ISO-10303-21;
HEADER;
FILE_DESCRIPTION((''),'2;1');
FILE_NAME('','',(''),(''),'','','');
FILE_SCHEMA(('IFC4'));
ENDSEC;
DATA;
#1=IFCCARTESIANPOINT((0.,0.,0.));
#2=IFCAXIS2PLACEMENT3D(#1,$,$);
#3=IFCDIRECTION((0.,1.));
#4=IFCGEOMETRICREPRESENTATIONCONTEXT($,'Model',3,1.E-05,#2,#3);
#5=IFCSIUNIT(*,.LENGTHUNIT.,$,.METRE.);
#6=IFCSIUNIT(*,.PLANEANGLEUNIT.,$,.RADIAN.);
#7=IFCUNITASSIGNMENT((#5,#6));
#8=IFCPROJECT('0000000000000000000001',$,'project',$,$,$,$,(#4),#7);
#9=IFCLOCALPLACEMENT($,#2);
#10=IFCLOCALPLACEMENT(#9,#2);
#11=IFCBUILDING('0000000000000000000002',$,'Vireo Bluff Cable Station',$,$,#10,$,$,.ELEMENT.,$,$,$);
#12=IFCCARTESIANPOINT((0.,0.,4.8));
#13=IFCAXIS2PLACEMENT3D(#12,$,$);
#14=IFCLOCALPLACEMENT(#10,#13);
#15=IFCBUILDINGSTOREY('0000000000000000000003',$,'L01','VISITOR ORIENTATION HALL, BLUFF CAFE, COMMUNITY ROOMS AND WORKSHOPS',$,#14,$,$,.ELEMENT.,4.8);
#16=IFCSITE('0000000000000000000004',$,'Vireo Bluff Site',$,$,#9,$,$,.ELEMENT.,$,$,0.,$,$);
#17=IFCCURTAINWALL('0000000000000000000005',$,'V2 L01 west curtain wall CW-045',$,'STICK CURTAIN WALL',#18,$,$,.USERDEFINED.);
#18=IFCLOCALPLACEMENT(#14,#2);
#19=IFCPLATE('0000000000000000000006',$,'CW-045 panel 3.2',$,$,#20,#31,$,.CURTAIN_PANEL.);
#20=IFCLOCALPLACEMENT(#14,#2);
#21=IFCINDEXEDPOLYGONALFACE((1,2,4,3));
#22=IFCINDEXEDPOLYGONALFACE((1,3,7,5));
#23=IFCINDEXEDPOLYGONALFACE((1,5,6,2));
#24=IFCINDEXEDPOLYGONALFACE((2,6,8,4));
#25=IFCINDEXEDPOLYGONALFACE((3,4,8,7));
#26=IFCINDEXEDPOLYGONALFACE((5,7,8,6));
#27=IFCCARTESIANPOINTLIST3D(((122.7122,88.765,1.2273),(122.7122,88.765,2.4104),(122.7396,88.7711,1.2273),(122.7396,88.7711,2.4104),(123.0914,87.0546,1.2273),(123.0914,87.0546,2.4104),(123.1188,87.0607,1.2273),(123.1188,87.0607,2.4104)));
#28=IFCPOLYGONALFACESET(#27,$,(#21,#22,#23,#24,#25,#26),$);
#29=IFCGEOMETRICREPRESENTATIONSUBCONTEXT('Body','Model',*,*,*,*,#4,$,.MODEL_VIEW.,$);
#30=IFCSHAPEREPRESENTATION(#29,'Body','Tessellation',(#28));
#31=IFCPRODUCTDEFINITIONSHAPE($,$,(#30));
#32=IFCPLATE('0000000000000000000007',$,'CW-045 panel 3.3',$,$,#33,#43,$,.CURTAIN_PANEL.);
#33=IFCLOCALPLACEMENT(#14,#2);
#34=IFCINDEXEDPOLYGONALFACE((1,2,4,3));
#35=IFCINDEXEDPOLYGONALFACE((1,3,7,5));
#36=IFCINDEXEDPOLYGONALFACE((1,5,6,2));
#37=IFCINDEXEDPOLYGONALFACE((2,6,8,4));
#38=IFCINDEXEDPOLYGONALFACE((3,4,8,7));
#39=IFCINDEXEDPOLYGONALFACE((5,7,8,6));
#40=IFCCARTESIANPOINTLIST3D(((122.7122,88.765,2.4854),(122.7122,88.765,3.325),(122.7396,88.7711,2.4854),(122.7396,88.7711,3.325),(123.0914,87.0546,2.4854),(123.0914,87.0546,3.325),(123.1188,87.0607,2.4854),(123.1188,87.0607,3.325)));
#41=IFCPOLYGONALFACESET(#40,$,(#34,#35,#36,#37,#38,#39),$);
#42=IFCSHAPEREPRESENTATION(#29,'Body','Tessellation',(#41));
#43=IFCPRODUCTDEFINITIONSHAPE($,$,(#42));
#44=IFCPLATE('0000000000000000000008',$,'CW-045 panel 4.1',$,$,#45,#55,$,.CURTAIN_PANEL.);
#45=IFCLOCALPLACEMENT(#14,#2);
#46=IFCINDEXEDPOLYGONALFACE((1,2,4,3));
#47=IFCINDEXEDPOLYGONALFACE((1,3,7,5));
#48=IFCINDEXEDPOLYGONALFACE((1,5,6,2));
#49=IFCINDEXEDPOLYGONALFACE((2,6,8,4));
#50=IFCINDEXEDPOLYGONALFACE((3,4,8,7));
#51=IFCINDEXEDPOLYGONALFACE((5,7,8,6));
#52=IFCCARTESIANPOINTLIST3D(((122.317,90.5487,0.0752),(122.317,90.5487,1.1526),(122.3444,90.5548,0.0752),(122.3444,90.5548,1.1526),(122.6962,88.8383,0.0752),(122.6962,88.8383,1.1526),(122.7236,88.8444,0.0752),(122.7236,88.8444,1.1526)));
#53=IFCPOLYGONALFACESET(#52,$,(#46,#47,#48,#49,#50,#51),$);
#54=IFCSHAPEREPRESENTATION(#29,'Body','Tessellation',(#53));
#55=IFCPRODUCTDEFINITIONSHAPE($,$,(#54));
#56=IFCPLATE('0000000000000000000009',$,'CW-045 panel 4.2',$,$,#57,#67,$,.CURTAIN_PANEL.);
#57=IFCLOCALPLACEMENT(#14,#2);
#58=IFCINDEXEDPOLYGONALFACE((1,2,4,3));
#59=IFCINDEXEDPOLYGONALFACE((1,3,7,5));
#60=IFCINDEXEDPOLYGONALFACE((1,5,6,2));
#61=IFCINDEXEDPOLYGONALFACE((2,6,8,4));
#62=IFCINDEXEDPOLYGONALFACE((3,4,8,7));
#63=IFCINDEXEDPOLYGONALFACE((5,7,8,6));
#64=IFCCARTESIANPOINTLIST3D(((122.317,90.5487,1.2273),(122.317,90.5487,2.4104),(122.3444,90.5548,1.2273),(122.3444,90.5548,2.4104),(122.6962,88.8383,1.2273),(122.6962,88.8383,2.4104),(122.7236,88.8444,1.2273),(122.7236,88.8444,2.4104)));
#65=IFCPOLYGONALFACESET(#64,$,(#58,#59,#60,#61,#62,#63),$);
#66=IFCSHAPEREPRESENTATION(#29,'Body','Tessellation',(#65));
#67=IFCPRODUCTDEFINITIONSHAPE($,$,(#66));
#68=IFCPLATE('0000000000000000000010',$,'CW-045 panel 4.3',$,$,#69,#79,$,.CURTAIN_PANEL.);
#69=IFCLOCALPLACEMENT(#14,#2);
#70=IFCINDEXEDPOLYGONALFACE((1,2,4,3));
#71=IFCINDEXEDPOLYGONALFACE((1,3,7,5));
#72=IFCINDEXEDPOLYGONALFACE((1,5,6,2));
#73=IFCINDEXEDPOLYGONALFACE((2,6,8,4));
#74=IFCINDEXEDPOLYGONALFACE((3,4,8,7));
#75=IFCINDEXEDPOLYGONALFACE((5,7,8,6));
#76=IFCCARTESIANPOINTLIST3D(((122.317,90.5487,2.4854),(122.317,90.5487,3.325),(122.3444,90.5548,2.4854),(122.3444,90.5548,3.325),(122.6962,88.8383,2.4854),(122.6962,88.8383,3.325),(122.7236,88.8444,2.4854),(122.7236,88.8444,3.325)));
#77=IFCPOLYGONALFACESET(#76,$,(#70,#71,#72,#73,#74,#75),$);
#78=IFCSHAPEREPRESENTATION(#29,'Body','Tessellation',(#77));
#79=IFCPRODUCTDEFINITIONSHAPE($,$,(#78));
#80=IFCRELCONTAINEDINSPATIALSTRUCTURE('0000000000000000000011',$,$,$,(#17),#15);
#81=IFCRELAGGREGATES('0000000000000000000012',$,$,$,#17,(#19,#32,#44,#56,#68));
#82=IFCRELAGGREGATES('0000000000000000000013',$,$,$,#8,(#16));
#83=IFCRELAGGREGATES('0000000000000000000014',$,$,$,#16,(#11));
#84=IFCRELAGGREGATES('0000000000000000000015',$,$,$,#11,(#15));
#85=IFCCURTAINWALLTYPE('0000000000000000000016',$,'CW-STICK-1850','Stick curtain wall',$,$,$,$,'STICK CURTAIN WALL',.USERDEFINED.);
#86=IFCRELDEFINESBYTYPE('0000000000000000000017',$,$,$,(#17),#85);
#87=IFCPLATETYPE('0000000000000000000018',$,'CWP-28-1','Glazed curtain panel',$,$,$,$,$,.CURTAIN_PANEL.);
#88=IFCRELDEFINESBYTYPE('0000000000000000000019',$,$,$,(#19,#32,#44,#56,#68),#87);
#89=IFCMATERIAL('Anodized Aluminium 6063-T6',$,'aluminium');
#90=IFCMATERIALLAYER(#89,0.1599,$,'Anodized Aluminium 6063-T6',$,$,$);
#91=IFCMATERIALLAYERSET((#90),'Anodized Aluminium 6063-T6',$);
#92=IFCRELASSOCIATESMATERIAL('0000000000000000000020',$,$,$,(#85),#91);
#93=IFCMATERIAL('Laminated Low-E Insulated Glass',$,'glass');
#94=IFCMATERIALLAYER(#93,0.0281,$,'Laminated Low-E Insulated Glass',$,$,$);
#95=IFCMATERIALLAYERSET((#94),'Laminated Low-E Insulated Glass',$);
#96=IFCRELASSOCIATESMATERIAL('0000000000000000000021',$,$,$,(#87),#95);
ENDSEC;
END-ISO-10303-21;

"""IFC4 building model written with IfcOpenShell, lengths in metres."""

from ifc_helpers import new_model, si_unit, direction, frame, origin, origin_2d, place, context, subcontext, project, spatial, rectangle, extrude, material, layer, layer_set, type_object, element, aggregate, save


model = new_model("IFC4")

# Units and contexts
model_context = context("Model", 3, precision=1e-05, world=origin(), true_north=direction((0.0, 1.0)))
body_context = subcontext(model_context, "Body", "Model", "MODEL_VIEW")
ifc_project = project(units=[si_unit("LENGTHUNIT", "METRE"), si_unit("PLANEANGLEUNIT", "RADIAN")], contexts=[model_context])

# Site, building, storey
site_placement = place(None, origin())
site = spatial("IfcSite", under=ifc_project, at=site_placement, Name="Vireo Bluff Site", CompositionType="ELEMENT", RefElevation=0.0)
building_placement = place(site_placement, origin())
building = spatial("IfcBuilding", under=site, at=building_placement, Name="Vireo Bluff Cable Station", CompositionType="ELEMENT")
storey_placement = place(building_placement, frame((0.0, 0.0, 4.8)))
storey = spatial("IfcBuildingStorey", under=building, at=storey_placement, Name="L01", Description="VISITOR ORIENTATION HALL, BLUFF CAFE, COMMUNITY ROOMS AND WORKSHOPS", CompositionType="ELEMENT", Elevation=4.8)

# Curtain wall
ifc_material_1 = material(Name="Anodized Aluminium 6063-T6", Category="aluminium")
ifc_layer_1 = layer(ifc_material_1, 0.1599, Name="Anodized Aluminium 6063-T6")
ifc_layer_set_1 = layer_set([ifc_layer_1], Name="Anodized Aluminium 6063-T6")
curtain_wall_type = type_object("IfcCurtainWallType", Name="CW-STICK-1850", Description="Stick curtain wall", ElementType="STICK CURTAIN WALL", PredefinedType="USERDEFINED", material=ifc_layer_set_1)
curtain_wall_placement = place(storey_placement, origin())
curtain_wall = element("IfcCurtainWall", 1, at=curtain_wall_placement, inside=storey, type_object=curtain_wall_type, Name="V2 L01 west curtain wall CW-045", ObjectType="STICK CURTAIN WALL", PredefinedType="USERDEFINED")

# Plates
ifc_material_2 = material(Name="Laminated Low-E Insulated Glass", Category="glass")
ifc_layer_2 = layer(ifc_material_2, 0.0281, Name="Laminated Low-E Insulated Glass")
ifc_layer_set_2 = layer_set([ifc_layer_2], Name="Laminated Low-E Insulated Glass")
plate_type = type_object("IfcPlateType", Name="CWP-28-1", Description="Glazed curtain panel", PredefinedType="CURTAIN_PANEL", material=ifc_layer_set_2)
plate_1_placement = place(storey_placement, frame((122.9155, 87.9128, 1.2273), z_axis=(0.0, 0.0, 1.0), x_axis=(-0.21644, 0.976296, 0.0)))
plate_1 = element("IfcPlate", 2, at=plate_1_placement, type_object=plate_type, Name="CW-045 panel 3.2", PredefinedType="CURTAIN_PANEL", context=body_context, shape_type="SweptSolid", body=[
    extrude(rectangle(XDim=1.752, YDim=0.0281, at=origin_2d()), origin(), (0.0, 0.0, 1.0), 1.1831),
])
plate_2_placement = place(storey_placement, frame((122.9155, 87.9128, 2.4854), z_axis=(0.0, 0.0, 1.0), x_axis=(-0.21644, 0.976296, 0.0)))
plate_2 = element("IfcPlate", 3, at=plate_2_placement, type_object=plate_type, Name="CW-045 panel 3.3", PredefinedType="CURTAIN_PANEL", context=body_context, shape_type="SweptSolid", body=[
    extrude(rectangle(XDim=1.752, YDim=0.0281, at=origin_2d()), origin(), (0.0, 0.0, 1.0), 0.8396),
])
plate_3_placement = place(storey_placement, frame((122.5203, 89.6965, 0.0752), z_axis=(0.0, 0.0, 1.0), x_axis=(-0.21644, 0.976296, 0.0)))
plate_3 = element("IfcPlate", 4, at=plate_3_placement, type_object=plate_type, Name="CW-045 panel 4.1", PredefinedType="CURTAIN_PANEL", context=body_context, shape_type="SweptSolid", body=[
    extrude(rectangle(XDim=1.752, YDim=0.0281, at=origin_2d()), origin(), (0.0, 0.0, 1.0), 1.0774),
])
plate_4_placement = place(storey_placement, frame((122.5203, 89.6965, 1.2273), z_axis=(0.0, 0.0, 1.0), x_axis=(-0.21644, 0.976296, 0.0)))
plate_4 = element("IfcPlate", 5, at=plate_4_placement, type_object=plate_type, Name="CW-045 panel 4.2", PredefinedType="CURTAIN_PANEL", context=body_context, shape_type="SweptSolid", body=[
    extrude(rectangle(XDim=1.752, YDim=0.0281, at=origin_2d()), origin(), (0.0, 0.0, 1.0), 1.1831),
])
plate_5_placement = place(storey_placement, frame((122.5203, 89.6965, 2.4854), z_axis=(0.0, 0.0, 1.0), x_axis=(-0.21644, 0.976296, 0.0)))
plate_5 = element("IfcPlate", 6, at=plate_5_placement, type_object=plate_type, Name="CW-045 panel 4.3", PredefinedType="CURTAIN_PANEL", context=body_context, shape_type="SweptSolid", body=[
    extrude(rectangle(XDim=1.752, YDim=0.0281, at=origin_2d()), origin(), (0.0, 0.0, 1.0), 0.8396),
])
aggregate(curtain_wall, [plate_1, plate_2, plate_3, plate_4, plate_5])

save(model, "model.ifc")
